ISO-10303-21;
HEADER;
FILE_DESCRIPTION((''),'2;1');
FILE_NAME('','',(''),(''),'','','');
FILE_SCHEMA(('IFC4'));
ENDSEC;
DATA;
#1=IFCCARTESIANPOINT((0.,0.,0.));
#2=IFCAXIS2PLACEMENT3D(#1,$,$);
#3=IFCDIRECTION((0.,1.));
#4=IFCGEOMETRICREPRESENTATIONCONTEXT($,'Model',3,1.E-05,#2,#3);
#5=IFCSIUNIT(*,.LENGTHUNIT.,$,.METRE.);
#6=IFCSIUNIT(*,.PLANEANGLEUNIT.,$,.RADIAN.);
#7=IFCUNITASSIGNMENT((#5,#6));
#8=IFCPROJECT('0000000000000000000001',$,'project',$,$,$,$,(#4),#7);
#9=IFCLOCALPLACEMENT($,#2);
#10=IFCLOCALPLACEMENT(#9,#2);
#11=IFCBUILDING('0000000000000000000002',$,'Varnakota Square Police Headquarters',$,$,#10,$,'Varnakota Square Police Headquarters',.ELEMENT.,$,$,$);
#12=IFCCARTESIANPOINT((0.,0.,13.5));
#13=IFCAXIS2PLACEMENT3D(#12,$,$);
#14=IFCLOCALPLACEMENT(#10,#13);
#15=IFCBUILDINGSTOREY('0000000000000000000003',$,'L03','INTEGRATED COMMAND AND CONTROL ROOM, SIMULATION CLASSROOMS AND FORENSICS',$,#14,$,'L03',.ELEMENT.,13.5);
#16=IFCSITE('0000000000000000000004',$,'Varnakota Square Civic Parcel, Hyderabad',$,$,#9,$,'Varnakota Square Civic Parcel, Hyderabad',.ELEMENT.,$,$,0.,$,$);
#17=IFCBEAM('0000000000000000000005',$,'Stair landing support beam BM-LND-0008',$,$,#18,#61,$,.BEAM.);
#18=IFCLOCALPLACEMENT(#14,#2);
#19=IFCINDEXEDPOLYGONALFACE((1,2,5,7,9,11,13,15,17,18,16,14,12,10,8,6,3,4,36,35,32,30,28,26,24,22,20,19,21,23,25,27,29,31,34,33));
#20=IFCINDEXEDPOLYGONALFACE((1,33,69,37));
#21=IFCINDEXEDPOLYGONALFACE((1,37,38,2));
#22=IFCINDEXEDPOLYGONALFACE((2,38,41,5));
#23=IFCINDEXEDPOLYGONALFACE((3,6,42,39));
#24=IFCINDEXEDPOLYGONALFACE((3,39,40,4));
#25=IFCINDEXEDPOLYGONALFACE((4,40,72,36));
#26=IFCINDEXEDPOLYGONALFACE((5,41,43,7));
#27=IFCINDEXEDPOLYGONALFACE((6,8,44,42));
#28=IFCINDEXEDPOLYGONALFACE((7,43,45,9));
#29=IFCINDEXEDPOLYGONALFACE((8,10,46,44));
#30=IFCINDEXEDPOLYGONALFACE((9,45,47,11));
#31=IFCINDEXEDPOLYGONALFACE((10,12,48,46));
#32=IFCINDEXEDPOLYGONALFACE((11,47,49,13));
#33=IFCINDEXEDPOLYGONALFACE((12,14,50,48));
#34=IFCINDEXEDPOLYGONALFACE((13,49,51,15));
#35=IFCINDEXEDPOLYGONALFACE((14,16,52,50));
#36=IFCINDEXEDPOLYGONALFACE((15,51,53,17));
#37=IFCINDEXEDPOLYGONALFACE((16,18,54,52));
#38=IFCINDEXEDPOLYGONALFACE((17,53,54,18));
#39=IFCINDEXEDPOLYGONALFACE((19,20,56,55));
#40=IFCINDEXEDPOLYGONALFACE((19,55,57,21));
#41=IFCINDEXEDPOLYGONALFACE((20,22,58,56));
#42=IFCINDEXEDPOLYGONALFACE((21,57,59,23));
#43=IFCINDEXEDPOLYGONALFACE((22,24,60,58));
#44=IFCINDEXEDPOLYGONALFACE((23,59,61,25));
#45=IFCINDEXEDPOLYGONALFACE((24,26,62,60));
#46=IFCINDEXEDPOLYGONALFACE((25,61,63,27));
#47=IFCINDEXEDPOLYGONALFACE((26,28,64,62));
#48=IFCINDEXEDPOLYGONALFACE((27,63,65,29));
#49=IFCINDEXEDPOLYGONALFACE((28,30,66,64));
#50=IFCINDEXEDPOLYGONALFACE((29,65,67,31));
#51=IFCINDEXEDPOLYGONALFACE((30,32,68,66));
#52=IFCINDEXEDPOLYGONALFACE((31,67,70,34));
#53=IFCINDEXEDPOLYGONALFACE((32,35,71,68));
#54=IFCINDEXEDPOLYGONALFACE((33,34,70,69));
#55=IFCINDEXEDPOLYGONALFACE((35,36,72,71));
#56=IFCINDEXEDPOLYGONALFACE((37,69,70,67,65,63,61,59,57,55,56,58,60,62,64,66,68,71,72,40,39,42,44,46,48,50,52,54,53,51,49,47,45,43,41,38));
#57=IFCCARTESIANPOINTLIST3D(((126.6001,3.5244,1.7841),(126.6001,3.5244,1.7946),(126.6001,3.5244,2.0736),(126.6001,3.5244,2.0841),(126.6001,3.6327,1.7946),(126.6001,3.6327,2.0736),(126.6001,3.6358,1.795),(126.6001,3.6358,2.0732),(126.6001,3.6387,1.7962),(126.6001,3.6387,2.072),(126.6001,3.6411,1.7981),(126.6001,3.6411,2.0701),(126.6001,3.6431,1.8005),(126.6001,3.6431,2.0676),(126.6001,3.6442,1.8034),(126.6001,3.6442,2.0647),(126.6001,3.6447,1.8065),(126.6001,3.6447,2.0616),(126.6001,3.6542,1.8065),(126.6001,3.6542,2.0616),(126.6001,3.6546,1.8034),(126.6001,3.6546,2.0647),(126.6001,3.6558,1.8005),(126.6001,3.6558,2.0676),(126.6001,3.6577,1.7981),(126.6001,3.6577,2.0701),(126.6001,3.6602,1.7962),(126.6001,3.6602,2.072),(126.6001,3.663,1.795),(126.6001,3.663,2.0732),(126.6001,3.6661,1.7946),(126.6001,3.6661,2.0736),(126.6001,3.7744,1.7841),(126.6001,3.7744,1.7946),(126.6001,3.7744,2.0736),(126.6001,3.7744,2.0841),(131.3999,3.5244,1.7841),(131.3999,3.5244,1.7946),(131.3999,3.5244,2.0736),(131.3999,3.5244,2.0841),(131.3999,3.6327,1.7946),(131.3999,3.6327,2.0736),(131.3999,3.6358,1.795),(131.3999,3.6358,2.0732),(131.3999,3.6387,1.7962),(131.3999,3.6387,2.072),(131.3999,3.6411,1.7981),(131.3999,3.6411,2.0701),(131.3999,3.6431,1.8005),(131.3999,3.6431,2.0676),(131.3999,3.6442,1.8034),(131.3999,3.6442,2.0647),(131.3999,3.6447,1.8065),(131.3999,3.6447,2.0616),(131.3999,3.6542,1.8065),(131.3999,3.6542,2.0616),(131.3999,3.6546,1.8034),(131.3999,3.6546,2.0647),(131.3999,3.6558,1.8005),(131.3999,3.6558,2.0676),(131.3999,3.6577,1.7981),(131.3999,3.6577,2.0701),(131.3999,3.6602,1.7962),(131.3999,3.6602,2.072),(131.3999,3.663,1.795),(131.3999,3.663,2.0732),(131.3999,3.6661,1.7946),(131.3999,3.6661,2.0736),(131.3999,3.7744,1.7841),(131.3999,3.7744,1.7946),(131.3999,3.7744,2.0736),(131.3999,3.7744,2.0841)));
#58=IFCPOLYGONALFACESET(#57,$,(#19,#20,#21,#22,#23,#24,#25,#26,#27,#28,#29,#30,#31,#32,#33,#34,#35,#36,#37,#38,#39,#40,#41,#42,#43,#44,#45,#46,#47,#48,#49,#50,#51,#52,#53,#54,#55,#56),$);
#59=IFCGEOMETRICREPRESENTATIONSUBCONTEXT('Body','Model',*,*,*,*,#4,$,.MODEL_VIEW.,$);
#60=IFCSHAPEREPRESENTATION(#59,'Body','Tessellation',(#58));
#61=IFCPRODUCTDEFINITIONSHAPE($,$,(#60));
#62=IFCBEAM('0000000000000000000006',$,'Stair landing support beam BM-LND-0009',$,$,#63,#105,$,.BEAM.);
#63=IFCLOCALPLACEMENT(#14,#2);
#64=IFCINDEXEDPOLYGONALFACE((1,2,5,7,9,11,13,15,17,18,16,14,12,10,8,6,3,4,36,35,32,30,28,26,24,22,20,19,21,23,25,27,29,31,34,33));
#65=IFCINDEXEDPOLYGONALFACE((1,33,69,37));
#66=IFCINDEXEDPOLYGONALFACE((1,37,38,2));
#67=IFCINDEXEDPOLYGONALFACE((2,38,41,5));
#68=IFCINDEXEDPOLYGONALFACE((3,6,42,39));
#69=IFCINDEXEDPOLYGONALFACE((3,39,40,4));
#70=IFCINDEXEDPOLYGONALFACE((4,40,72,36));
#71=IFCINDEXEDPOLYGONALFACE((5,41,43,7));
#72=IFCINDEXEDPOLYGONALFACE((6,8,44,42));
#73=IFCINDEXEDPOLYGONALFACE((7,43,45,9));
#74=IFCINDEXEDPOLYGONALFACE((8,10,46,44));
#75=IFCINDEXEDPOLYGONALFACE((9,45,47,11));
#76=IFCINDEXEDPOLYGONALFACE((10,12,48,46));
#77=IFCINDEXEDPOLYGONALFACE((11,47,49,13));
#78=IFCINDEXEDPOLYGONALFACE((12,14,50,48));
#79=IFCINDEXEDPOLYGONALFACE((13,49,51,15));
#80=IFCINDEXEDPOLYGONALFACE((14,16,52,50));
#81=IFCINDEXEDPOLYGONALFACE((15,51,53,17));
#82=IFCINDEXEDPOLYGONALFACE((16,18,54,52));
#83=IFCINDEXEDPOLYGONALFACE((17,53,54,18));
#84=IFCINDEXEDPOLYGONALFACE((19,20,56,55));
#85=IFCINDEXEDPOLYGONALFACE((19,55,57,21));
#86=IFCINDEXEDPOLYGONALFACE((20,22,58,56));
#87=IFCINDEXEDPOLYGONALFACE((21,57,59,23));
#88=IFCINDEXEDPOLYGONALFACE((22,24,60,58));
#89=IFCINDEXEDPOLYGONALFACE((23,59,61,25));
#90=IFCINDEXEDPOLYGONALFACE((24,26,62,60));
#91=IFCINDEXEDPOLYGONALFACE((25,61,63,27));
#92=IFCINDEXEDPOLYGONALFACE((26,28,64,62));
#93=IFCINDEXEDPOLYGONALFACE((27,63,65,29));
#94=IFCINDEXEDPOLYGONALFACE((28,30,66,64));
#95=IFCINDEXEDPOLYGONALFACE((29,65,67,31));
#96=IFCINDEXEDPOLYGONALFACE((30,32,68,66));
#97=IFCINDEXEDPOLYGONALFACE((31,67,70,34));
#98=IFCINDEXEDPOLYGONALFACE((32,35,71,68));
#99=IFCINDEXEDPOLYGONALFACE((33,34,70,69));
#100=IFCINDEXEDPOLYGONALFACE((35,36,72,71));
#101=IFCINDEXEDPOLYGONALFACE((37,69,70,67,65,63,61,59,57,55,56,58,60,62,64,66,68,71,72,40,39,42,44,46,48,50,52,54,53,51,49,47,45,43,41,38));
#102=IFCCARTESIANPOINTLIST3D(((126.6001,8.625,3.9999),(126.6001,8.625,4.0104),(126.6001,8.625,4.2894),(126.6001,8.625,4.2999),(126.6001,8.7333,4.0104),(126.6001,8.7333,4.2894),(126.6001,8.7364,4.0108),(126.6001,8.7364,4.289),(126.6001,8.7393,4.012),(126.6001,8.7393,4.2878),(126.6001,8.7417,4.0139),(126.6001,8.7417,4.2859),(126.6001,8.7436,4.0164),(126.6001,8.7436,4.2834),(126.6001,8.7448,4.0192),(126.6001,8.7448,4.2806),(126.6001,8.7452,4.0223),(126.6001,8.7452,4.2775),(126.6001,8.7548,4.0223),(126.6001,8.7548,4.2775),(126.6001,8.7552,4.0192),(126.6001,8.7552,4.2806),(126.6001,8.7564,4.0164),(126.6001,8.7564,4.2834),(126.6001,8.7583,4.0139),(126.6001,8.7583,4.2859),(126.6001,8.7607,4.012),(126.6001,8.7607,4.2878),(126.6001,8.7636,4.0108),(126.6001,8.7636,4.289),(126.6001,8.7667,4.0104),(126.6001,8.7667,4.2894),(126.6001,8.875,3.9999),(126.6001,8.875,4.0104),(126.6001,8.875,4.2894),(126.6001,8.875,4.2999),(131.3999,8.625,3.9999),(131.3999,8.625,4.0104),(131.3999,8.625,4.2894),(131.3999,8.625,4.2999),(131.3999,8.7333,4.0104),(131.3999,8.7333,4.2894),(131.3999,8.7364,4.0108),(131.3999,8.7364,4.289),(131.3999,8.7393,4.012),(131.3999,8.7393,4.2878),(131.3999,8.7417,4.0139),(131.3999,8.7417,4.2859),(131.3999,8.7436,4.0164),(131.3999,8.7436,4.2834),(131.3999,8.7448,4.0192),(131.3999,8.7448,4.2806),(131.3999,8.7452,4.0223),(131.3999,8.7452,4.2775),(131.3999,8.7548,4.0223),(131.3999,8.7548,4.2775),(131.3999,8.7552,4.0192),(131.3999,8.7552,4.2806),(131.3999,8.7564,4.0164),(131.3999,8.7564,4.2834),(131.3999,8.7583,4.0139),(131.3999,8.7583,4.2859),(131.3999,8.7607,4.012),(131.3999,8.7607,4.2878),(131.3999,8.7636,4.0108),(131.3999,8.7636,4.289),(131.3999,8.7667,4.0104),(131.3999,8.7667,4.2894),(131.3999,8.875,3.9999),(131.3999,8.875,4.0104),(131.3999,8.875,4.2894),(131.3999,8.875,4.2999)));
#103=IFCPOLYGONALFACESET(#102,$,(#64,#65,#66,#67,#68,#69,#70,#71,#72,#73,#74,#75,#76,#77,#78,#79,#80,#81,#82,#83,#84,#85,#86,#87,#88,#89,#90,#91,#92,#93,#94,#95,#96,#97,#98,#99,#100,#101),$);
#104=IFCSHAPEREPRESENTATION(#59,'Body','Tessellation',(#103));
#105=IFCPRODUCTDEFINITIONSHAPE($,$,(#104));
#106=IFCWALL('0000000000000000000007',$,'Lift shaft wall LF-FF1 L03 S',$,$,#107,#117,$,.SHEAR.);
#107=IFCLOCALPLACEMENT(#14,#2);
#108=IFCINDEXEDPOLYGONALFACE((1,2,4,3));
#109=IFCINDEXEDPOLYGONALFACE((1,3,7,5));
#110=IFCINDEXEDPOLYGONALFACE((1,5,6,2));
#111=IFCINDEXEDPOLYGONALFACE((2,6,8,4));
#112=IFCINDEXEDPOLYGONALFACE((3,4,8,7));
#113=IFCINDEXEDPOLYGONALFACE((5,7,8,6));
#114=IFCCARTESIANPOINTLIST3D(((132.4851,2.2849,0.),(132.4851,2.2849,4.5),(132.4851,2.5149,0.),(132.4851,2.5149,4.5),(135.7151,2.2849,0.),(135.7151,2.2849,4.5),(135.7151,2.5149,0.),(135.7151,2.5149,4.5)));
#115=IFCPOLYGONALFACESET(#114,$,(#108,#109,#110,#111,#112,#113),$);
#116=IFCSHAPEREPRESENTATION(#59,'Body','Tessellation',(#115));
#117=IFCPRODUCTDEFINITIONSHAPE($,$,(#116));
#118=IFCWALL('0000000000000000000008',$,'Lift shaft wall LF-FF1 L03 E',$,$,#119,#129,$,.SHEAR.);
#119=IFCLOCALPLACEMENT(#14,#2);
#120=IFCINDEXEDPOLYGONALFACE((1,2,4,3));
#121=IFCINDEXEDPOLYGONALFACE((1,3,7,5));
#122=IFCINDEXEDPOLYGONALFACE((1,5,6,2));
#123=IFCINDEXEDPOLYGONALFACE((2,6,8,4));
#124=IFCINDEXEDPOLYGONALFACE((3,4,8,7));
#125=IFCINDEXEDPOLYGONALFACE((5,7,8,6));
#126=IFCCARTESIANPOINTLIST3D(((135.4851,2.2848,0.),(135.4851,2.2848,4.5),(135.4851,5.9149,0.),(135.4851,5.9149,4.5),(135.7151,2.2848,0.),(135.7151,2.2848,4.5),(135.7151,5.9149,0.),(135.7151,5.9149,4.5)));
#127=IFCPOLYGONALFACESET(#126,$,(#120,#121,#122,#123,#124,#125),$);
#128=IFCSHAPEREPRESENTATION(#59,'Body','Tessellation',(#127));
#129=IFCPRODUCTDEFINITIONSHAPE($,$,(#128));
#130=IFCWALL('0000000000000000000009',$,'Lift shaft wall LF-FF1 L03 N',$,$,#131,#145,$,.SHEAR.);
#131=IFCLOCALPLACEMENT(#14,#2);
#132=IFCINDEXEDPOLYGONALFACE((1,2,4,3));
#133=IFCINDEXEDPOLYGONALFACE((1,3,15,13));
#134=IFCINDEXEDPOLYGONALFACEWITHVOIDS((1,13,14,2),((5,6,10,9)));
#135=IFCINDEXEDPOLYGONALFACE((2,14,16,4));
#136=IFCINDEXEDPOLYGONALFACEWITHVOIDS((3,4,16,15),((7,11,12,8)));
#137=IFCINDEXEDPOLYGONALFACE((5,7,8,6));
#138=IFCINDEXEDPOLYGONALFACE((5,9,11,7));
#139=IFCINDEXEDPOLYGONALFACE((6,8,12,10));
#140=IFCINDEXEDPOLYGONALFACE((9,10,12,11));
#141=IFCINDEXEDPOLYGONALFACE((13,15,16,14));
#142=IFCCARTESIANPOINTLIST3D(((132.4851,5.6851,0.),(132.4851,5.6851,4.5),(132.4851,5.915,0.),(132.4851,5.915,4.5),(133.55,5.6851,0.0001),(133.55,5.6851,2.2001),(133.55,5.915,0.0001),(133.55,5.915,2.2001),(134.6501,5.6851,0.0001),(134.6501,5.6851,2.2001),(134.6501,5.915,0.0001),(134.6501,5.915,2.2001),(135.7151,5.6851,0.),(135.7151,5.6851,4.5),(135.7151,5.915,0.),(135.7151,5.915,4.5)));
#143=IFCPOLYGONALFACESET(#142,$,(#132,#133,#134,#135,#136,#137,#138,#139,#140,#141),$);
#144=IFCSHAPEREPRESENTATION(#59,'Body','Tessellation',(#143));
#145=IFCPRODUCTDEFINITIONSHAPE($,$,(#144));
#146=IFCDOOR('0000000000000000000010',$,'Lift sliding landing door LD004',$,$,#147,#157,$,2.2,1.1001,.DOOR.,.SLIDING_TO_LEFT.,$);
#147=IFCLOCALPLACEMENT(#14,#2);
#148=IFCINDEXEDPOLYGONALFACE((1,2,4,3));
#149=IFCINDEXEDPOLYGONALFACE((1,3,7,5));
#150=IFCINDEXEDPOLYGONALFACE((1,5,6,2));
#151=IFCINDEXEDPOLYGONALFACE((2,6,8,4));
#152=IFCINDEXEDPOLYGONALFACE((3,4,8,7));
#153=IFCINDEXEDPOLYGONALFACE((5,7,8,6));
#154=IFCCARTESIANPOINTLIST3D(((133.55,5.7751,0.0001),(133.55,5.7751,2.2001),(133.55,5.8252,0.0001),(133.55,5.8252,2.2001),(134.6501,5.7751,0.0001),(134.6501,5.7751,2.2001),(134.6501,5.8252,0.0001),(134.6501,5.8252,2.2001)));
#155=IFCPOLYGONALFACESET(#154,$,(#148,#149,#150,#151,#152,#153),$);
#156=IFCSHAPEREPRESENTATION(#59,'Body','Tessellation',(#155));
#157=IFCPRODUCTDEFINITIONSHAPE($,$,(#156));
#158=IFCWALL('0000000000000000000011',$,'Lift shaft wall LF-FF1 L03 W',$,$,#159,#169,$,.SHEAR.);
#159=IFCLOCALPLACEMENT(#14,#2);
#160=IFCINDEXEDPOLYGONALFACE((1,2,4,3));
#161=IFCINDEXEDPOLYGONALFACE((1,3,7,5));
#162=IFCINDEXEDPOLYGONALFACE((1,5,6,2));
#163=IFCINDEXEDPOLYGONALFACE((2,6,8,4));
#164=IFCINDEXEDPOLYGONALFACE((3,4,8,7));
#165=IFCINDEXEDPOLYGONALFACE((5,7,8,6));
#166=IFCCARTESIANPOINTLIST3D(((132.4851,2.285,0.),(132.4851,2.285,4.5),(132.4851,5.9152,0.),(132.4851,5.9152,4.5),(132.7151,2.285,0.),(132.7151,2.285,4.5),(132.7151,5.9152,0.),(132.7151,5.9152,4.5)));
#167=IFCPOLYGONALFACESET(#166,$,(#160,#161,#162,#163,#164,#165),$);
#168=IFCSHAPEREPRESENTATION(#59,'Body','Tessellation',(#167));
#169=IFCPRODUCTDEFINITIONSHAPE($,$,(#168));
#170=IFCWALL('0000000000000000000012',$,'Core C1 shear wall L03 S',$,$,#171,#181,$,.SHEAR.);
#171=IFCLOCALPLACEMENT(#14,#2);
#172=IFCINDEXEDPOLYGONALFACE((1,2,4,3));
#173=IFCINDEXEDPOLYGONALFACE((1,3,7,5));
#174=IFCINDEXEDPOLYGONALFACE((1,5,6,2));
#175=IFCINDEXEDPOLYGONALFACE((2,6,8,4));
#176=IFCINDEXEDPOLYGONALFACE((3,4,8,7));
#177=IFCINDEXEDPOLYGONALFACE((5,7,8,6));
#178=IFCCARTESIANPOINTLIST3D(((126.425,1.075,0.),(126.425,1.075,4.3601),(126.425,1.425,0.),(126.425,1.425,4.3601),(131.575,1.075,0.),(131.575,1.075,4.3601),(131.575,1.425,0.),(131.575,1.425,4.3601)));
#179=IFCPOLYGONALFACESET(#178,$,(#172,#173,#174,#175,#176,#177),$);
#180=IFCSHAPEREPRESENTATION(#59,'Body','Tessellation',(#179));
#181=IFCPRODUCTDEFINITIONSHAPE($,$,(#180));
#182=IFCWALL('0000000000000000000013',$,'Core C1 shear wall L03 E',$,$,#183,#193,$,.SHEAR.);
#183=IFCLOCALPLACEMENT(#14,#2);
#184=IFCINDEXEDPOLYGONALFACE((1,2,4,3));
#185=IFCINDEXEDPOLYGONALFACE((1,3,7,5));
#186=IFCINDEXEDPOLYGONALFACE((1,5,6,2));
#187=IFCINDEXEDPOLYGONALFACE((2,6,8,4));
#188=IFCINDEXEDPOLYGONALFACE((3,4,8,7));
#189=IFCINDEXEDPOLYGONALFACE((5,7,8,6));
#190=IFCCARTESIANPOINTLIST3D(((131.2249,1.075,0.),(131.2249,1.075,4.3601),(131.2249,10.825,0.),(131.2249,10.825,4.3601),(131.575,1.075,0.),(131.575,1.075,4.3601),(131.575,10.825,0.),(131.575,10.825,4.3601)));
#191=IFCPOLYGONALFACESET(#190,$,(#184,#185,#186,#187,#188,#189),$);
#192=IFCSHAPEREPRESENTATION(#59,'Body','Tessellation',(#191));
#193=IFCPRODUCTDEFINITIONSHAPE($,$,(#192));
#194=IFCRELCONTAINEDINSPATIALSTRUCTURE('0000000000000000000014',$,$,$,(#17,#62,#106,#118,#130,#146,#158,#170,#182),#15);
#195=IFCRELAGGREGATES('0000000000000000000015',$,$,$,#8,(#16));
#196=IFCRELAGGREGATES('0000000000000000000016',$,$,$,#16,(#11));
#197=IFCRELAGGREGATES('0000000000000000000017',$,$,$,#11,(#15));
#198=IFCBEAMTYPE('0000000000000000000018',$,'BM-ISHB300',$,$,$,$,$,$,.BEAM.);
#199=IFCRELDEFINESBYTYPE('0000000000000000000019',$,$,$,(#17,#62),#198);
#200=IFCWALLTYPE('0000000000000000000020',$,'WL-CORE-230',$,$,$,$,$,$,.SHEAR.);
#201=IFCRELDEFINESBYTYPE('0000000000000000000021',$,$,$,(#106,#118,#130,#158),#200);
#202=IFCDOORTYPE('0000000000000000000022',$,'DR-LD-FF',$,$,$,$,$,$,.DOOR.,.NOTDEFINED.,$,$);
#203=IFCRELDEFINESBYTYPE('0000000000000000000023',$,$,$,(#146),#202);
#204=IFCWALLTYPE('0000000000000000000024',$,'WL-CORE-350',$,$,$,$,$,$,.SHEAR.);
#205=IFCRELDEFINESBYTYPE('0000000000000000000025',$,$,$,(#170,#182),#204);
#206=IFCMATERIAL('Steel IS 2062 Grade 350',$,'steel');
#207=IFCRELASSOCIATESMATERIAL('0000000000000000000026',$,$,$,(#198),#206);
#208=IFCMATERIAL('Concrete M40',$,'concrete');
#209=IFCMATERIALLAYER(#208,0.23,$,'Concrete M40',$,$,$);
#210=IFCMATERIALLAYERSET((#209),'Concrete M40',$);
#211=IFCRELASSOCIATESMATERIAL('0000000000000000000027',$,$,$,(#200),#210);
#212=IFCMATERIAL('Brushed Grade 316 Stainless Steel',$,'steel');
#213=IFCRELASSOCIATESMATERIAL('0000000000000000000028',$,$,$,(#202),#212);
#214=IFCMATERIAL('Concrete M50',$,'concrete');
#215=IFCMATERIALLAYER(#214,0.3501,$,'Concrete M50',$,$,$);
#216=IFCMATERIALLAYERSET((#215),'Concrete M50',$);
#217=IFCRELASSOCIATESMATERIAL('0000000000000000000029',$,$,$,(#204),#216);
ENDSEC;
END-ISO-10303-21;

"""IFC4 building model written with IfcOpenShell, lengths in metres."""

from ifc_helpers import new_model, si_unit, direction, frame, frame_2d, origin, origin_2d, place, context, subcontext, project, spatial, rectangle, i_section, extrude, material, layer, layer_set, material_profile, profile_set, type_object, element, fill, save


model = new_model("IFC4")

# Units and contexts
model_context = context("Model", 3, precision=1e-05, world=origin(), true_north=direction((0.0, 1.0)))
body_context = subcontext(model_context, "Body", "Model", "MODEL_VIEW")
ifc_project = project(units=[si_unit("LENGTHUNIT", "METRE"), si_unit("PLANEANGLEUNIT", "RADIAN")], contexts=[model_context])

# Site, building, storey
site_placement = place(None, origin())
site = spatial("IfcSite", under=ifc_project, at=site_placement, Name="Varnakota Square Civic Parcel, Hyderabad", LongName="Varnakota Square Civic Parcel, Hyderabad", CompositionType="ELEMENT", RefElevation=0.0)
building_placement = place(site_placement, origin())
building = spatial("IfcBuilding", under=site, at=building_placement, Name="Varnakota Square Police Headquarters", LongName="Varnakota Square Police Headquarters", CompositionType="ELEMENT")
storey_placement = place(building_placement, frame((0.0, 0.0, 13.5)))
storey = spatial("IfcBuildingStorey", under=building, at=storey_placement, Name="L03", Description="INTEGRATED COMMAND AND CONTROL ROOM, SIMULATION CLASSROOMS AND FORENSICS", LongName="L03", CompositionType="ELEMENT", Elevation=13.5)

# Shared definitions
ifc_material_1 = material(Name="Steel IS 2062 Grade 350", Category="steel")

# Beams
ifc_material_profile_1 = material_profile(ifc_material_1, i_section(OverallWidth=0.25, OverallDepth=0.3, WebThickness=0.0095, FlangeThickness=0.0105, FilletRadius=0.012, at=origin_2d()), Name="ISHB 300")
ifc_profile_set_1 = profile_set([ifc_material_profile_1], Name="Steel IS 2062 Grade 350")
beam_type_1 = type_object("IfcBeamType", Name="BM-ISHB300", PredefinedType="BEAM", material=ifc_profile_set_1)
for number, where, z_axis, x_axis, name in (
    (1, (126.6001, 3.6494, 1.9341), (1.0, 0.0, 0.0), (0.0, 1.0, 0.0), "Stair landing support beam BM-LND-0008"),
    (2, (126.6001, 8.75, 4.1499), (1.0, 0.0, 0.0), (0.0, 1.0, 0.0), "Stair landing support beam BM-LND-0009"),
):
    element("IfcBeam", number, at=place(storey_placement, frame(where, z_axis=z_axis, x_axis=x_axis)), inside=storey, type_object=beam_type_1, Name=name, PredefinedType="BEAM", context=body_context, shape_type="SweptSolid", body=[
        extrude(i_section(OverallWidth=0.25, OverallDepth=0.3, WebThickness=0.0095, FlangeThickness=0.0105, FilletRadius=0.012, at=origin_2d()), origin(), (0.0, 0.0, 1.0), 4.7998),
    ])

# Walls
ifc_material_2 = material(Name="Concrete M40", Category="concrete")
ifc_layer_1 = layer(ifc_material_2, 0.23, Name="Concrete M40")
ifc_layer_set_1 = layer_set([ifc_layer_1], Name="Concrete M40")
wall_type_1 = type_object("IfcWallType", Name="WL-CORE-230", PredefinedType="SHEAR", material=ifc_layer_set_1)
wall_1_placement = place(storey_placement, frame((132.4851, 2.3999, 0.0), z_axis=(0.0, 0.0, 1.0), x_axis=(1.0, 0.0, 0.0)))
element("IfcWall", 3, at=wall_1_placement, inside=storey, type_object=wall_type_1, Name="Lift shaft wall LF-FF1 L03 S", PredefinedType="SHEAR", context=body_context, shape_type="SweptSolid", body=[
    extrude(rectangle(XDim=3.23, YDim=0.23, at=frame_2d((1.615, 0.0))), origin(), (0.0, 0.0, 1.0), 4.5),
])
wall_2_placement = place(storey_placement, frame((135.6001, 2.2849, 0.0), z_axis=(0.0, 0.0, 1.0), x_axis=(0.0, 1.0, 0.0)))
element("IfcWall", 4, at=wall_2_placement, inside=storey, type_object=wall_type_1, Name="Lift shaft wall LF-FF1 L03 E", PredefinedType="SHEAR", context=body_context, shape_type="SweptSolid", body=[
    extrude(rectangle(XDim=3.6301, YDim=0.23, at=frame_2d((1.8149, 0.0))), origin(), (0.0, 0.0, 1.0), 4.5),
])

# Wall, opening, door
wall_3_placement = place(storey_placement, frame((135.7151, 5.8, 0.0), z_axis=(0.0, 0.0, 1.0), x_axis=(-1.0, 0.0, 0.0)))
wall_3 = element("IfcWall", 5, at=wall_3_placement, inside=storey, type_object=wall_type_1, Name="Lift shaft wall LF-FF1 L03 N", PredefinedType="SHEAR", context=body_context, shape_type="SweptSolid", body=[
    extrude(rectangle(XDim=3.23, YDim=0.23, at=frame_2d((1.615, 0.0))), origin(), (0.0, 0.0, 1.0), 4.5),
])
opening_1_placement = place(wall_3_placement, frame((1.0649, 0.0, 0.0)))
opening_1 = element("IfcOpeningElement", 6, at=opening_1_placement, cuts=wall_3, PredefinedType="OPENING", context=body_context, shape_type="SweptSolid", body=[
    extrude(rectangle(XDim=1.1001, YDim=2.2, at=frame_2d((0.55, 1.1001))), frame((0.0, 0.125, 0.0), z_axis=(0.0, -1.0, 0.0), x_axis=(1.0, 0.0, 0.0)), (0.0, 0.0, 1.0), 0.25),
])
ifc_material_3 = material(Name="Brushed Grade 316 Stainless Steel", Category="steel")
door_type = type_object("IfcDoorType", Name="DR-LD-FF", OperationType="NOTDEFINED", PredefinedType="DOOR", material=ifc_material_3)
door_placement = place(opening_1_placement, origin())
door = element("IfcDoor", 7, at=door_placement, inside=storey, type_object=door_type, Name="Lift sliding landing door LD004", OperationType="SLIDING_TO_LEFT", OverallHeight=2.2, OverallWidth=1.1001, PredefinedType="DOOR", context=body_context, shape_type="SweptSolid", body=[
    extrude(rectangle(XDim=1.1001, YDim=2.2, at=frame_2d((0.55, 1.1001))), frame((0.0, 0.0249, 0.0), z_axis=(0.0, -1.0, 0.0), x_axis=(1.0, 0.0, 0.0)), (0.0, 0.0, 1.0), 0.05),
])
fill(opening_1, door)

# Walls
wall_4_placement = place(storey_placement, frame((132.6001, 5.915, 0.0), z_axis=(0.0, 0.0, 1.0), x_axis=(0.0, -1.0, 0.0)))
element("IfcWall", 8, at=wall_4_placement, inside=storey, type_object=wall_type_1, Name="Lift shaft wall LF-FF1 L03 W", PredefinedType="SHEAR", context=body_context, shape_type="SweptSolid", body=[
    extrude(rectangle(XDim=3.6301, YDim=0.23, at=frame_2d((1.8149, 0.0))), origin(), (0.0, 0.0, 1.0), 4.5),
])
ifc_material_4 = material(Name="Concrete M50", Category="concrete")
ifc_layer_2 = layer(ifc_material_4, 0.3501, Name="Concrete M50")
ifc_layer_set_2 = layer_set([ifc_layer_2], Name="Concrete M50")
wall_type_2 = type_object("IfcWallType", Name="WL-CORE-350", PredefinedType="SHEAR", material=ifc_layer_set_2)
wall_5_placement = place(storey_placement, frame((126.425, 1.25, 0.0), z_axis=(0.0, 0.0, 1.0), x_axis=(1.0, 0.0, 0.0)))
element("IfcWall", 9, at=wall_5_placement, inside=storey, type_object=wall_type_2, Name="Core C1 shear wall L03 S", PredefinedType="SHEAR", context=body_context, shape_type="SweptSolid", body=[
    extrude(rectangle(XDim=5.1499, YDim=0.3501, at=frame_2d((2.575, 0.0))), origin(), (0.0, 0.0, 1.0), 4.3601),
])
wall_6_placement = place(storey_placement, frame((131.3999, 1.075, 0.0), z_axis=(0.0, 0.0, 1.0), x_axis=(0.0, 1.0, 0.0)))
element("IfcWall", 10, at=wall_6_placement, inside=storey, type_object=wall_type_2, Name="Core C1 shear wall L03 E", PredefinedType="SHEAR", context=body_context, shape_type="SweptSolid", body=[
    extrude(rectangle(XDim=9.75, YDim=0.3501, at=frame_2d((4.875, 0.0))), origin(), (0.0, 0.0, 1.0), 4.3601),
])

save(model, "model.ifc")
